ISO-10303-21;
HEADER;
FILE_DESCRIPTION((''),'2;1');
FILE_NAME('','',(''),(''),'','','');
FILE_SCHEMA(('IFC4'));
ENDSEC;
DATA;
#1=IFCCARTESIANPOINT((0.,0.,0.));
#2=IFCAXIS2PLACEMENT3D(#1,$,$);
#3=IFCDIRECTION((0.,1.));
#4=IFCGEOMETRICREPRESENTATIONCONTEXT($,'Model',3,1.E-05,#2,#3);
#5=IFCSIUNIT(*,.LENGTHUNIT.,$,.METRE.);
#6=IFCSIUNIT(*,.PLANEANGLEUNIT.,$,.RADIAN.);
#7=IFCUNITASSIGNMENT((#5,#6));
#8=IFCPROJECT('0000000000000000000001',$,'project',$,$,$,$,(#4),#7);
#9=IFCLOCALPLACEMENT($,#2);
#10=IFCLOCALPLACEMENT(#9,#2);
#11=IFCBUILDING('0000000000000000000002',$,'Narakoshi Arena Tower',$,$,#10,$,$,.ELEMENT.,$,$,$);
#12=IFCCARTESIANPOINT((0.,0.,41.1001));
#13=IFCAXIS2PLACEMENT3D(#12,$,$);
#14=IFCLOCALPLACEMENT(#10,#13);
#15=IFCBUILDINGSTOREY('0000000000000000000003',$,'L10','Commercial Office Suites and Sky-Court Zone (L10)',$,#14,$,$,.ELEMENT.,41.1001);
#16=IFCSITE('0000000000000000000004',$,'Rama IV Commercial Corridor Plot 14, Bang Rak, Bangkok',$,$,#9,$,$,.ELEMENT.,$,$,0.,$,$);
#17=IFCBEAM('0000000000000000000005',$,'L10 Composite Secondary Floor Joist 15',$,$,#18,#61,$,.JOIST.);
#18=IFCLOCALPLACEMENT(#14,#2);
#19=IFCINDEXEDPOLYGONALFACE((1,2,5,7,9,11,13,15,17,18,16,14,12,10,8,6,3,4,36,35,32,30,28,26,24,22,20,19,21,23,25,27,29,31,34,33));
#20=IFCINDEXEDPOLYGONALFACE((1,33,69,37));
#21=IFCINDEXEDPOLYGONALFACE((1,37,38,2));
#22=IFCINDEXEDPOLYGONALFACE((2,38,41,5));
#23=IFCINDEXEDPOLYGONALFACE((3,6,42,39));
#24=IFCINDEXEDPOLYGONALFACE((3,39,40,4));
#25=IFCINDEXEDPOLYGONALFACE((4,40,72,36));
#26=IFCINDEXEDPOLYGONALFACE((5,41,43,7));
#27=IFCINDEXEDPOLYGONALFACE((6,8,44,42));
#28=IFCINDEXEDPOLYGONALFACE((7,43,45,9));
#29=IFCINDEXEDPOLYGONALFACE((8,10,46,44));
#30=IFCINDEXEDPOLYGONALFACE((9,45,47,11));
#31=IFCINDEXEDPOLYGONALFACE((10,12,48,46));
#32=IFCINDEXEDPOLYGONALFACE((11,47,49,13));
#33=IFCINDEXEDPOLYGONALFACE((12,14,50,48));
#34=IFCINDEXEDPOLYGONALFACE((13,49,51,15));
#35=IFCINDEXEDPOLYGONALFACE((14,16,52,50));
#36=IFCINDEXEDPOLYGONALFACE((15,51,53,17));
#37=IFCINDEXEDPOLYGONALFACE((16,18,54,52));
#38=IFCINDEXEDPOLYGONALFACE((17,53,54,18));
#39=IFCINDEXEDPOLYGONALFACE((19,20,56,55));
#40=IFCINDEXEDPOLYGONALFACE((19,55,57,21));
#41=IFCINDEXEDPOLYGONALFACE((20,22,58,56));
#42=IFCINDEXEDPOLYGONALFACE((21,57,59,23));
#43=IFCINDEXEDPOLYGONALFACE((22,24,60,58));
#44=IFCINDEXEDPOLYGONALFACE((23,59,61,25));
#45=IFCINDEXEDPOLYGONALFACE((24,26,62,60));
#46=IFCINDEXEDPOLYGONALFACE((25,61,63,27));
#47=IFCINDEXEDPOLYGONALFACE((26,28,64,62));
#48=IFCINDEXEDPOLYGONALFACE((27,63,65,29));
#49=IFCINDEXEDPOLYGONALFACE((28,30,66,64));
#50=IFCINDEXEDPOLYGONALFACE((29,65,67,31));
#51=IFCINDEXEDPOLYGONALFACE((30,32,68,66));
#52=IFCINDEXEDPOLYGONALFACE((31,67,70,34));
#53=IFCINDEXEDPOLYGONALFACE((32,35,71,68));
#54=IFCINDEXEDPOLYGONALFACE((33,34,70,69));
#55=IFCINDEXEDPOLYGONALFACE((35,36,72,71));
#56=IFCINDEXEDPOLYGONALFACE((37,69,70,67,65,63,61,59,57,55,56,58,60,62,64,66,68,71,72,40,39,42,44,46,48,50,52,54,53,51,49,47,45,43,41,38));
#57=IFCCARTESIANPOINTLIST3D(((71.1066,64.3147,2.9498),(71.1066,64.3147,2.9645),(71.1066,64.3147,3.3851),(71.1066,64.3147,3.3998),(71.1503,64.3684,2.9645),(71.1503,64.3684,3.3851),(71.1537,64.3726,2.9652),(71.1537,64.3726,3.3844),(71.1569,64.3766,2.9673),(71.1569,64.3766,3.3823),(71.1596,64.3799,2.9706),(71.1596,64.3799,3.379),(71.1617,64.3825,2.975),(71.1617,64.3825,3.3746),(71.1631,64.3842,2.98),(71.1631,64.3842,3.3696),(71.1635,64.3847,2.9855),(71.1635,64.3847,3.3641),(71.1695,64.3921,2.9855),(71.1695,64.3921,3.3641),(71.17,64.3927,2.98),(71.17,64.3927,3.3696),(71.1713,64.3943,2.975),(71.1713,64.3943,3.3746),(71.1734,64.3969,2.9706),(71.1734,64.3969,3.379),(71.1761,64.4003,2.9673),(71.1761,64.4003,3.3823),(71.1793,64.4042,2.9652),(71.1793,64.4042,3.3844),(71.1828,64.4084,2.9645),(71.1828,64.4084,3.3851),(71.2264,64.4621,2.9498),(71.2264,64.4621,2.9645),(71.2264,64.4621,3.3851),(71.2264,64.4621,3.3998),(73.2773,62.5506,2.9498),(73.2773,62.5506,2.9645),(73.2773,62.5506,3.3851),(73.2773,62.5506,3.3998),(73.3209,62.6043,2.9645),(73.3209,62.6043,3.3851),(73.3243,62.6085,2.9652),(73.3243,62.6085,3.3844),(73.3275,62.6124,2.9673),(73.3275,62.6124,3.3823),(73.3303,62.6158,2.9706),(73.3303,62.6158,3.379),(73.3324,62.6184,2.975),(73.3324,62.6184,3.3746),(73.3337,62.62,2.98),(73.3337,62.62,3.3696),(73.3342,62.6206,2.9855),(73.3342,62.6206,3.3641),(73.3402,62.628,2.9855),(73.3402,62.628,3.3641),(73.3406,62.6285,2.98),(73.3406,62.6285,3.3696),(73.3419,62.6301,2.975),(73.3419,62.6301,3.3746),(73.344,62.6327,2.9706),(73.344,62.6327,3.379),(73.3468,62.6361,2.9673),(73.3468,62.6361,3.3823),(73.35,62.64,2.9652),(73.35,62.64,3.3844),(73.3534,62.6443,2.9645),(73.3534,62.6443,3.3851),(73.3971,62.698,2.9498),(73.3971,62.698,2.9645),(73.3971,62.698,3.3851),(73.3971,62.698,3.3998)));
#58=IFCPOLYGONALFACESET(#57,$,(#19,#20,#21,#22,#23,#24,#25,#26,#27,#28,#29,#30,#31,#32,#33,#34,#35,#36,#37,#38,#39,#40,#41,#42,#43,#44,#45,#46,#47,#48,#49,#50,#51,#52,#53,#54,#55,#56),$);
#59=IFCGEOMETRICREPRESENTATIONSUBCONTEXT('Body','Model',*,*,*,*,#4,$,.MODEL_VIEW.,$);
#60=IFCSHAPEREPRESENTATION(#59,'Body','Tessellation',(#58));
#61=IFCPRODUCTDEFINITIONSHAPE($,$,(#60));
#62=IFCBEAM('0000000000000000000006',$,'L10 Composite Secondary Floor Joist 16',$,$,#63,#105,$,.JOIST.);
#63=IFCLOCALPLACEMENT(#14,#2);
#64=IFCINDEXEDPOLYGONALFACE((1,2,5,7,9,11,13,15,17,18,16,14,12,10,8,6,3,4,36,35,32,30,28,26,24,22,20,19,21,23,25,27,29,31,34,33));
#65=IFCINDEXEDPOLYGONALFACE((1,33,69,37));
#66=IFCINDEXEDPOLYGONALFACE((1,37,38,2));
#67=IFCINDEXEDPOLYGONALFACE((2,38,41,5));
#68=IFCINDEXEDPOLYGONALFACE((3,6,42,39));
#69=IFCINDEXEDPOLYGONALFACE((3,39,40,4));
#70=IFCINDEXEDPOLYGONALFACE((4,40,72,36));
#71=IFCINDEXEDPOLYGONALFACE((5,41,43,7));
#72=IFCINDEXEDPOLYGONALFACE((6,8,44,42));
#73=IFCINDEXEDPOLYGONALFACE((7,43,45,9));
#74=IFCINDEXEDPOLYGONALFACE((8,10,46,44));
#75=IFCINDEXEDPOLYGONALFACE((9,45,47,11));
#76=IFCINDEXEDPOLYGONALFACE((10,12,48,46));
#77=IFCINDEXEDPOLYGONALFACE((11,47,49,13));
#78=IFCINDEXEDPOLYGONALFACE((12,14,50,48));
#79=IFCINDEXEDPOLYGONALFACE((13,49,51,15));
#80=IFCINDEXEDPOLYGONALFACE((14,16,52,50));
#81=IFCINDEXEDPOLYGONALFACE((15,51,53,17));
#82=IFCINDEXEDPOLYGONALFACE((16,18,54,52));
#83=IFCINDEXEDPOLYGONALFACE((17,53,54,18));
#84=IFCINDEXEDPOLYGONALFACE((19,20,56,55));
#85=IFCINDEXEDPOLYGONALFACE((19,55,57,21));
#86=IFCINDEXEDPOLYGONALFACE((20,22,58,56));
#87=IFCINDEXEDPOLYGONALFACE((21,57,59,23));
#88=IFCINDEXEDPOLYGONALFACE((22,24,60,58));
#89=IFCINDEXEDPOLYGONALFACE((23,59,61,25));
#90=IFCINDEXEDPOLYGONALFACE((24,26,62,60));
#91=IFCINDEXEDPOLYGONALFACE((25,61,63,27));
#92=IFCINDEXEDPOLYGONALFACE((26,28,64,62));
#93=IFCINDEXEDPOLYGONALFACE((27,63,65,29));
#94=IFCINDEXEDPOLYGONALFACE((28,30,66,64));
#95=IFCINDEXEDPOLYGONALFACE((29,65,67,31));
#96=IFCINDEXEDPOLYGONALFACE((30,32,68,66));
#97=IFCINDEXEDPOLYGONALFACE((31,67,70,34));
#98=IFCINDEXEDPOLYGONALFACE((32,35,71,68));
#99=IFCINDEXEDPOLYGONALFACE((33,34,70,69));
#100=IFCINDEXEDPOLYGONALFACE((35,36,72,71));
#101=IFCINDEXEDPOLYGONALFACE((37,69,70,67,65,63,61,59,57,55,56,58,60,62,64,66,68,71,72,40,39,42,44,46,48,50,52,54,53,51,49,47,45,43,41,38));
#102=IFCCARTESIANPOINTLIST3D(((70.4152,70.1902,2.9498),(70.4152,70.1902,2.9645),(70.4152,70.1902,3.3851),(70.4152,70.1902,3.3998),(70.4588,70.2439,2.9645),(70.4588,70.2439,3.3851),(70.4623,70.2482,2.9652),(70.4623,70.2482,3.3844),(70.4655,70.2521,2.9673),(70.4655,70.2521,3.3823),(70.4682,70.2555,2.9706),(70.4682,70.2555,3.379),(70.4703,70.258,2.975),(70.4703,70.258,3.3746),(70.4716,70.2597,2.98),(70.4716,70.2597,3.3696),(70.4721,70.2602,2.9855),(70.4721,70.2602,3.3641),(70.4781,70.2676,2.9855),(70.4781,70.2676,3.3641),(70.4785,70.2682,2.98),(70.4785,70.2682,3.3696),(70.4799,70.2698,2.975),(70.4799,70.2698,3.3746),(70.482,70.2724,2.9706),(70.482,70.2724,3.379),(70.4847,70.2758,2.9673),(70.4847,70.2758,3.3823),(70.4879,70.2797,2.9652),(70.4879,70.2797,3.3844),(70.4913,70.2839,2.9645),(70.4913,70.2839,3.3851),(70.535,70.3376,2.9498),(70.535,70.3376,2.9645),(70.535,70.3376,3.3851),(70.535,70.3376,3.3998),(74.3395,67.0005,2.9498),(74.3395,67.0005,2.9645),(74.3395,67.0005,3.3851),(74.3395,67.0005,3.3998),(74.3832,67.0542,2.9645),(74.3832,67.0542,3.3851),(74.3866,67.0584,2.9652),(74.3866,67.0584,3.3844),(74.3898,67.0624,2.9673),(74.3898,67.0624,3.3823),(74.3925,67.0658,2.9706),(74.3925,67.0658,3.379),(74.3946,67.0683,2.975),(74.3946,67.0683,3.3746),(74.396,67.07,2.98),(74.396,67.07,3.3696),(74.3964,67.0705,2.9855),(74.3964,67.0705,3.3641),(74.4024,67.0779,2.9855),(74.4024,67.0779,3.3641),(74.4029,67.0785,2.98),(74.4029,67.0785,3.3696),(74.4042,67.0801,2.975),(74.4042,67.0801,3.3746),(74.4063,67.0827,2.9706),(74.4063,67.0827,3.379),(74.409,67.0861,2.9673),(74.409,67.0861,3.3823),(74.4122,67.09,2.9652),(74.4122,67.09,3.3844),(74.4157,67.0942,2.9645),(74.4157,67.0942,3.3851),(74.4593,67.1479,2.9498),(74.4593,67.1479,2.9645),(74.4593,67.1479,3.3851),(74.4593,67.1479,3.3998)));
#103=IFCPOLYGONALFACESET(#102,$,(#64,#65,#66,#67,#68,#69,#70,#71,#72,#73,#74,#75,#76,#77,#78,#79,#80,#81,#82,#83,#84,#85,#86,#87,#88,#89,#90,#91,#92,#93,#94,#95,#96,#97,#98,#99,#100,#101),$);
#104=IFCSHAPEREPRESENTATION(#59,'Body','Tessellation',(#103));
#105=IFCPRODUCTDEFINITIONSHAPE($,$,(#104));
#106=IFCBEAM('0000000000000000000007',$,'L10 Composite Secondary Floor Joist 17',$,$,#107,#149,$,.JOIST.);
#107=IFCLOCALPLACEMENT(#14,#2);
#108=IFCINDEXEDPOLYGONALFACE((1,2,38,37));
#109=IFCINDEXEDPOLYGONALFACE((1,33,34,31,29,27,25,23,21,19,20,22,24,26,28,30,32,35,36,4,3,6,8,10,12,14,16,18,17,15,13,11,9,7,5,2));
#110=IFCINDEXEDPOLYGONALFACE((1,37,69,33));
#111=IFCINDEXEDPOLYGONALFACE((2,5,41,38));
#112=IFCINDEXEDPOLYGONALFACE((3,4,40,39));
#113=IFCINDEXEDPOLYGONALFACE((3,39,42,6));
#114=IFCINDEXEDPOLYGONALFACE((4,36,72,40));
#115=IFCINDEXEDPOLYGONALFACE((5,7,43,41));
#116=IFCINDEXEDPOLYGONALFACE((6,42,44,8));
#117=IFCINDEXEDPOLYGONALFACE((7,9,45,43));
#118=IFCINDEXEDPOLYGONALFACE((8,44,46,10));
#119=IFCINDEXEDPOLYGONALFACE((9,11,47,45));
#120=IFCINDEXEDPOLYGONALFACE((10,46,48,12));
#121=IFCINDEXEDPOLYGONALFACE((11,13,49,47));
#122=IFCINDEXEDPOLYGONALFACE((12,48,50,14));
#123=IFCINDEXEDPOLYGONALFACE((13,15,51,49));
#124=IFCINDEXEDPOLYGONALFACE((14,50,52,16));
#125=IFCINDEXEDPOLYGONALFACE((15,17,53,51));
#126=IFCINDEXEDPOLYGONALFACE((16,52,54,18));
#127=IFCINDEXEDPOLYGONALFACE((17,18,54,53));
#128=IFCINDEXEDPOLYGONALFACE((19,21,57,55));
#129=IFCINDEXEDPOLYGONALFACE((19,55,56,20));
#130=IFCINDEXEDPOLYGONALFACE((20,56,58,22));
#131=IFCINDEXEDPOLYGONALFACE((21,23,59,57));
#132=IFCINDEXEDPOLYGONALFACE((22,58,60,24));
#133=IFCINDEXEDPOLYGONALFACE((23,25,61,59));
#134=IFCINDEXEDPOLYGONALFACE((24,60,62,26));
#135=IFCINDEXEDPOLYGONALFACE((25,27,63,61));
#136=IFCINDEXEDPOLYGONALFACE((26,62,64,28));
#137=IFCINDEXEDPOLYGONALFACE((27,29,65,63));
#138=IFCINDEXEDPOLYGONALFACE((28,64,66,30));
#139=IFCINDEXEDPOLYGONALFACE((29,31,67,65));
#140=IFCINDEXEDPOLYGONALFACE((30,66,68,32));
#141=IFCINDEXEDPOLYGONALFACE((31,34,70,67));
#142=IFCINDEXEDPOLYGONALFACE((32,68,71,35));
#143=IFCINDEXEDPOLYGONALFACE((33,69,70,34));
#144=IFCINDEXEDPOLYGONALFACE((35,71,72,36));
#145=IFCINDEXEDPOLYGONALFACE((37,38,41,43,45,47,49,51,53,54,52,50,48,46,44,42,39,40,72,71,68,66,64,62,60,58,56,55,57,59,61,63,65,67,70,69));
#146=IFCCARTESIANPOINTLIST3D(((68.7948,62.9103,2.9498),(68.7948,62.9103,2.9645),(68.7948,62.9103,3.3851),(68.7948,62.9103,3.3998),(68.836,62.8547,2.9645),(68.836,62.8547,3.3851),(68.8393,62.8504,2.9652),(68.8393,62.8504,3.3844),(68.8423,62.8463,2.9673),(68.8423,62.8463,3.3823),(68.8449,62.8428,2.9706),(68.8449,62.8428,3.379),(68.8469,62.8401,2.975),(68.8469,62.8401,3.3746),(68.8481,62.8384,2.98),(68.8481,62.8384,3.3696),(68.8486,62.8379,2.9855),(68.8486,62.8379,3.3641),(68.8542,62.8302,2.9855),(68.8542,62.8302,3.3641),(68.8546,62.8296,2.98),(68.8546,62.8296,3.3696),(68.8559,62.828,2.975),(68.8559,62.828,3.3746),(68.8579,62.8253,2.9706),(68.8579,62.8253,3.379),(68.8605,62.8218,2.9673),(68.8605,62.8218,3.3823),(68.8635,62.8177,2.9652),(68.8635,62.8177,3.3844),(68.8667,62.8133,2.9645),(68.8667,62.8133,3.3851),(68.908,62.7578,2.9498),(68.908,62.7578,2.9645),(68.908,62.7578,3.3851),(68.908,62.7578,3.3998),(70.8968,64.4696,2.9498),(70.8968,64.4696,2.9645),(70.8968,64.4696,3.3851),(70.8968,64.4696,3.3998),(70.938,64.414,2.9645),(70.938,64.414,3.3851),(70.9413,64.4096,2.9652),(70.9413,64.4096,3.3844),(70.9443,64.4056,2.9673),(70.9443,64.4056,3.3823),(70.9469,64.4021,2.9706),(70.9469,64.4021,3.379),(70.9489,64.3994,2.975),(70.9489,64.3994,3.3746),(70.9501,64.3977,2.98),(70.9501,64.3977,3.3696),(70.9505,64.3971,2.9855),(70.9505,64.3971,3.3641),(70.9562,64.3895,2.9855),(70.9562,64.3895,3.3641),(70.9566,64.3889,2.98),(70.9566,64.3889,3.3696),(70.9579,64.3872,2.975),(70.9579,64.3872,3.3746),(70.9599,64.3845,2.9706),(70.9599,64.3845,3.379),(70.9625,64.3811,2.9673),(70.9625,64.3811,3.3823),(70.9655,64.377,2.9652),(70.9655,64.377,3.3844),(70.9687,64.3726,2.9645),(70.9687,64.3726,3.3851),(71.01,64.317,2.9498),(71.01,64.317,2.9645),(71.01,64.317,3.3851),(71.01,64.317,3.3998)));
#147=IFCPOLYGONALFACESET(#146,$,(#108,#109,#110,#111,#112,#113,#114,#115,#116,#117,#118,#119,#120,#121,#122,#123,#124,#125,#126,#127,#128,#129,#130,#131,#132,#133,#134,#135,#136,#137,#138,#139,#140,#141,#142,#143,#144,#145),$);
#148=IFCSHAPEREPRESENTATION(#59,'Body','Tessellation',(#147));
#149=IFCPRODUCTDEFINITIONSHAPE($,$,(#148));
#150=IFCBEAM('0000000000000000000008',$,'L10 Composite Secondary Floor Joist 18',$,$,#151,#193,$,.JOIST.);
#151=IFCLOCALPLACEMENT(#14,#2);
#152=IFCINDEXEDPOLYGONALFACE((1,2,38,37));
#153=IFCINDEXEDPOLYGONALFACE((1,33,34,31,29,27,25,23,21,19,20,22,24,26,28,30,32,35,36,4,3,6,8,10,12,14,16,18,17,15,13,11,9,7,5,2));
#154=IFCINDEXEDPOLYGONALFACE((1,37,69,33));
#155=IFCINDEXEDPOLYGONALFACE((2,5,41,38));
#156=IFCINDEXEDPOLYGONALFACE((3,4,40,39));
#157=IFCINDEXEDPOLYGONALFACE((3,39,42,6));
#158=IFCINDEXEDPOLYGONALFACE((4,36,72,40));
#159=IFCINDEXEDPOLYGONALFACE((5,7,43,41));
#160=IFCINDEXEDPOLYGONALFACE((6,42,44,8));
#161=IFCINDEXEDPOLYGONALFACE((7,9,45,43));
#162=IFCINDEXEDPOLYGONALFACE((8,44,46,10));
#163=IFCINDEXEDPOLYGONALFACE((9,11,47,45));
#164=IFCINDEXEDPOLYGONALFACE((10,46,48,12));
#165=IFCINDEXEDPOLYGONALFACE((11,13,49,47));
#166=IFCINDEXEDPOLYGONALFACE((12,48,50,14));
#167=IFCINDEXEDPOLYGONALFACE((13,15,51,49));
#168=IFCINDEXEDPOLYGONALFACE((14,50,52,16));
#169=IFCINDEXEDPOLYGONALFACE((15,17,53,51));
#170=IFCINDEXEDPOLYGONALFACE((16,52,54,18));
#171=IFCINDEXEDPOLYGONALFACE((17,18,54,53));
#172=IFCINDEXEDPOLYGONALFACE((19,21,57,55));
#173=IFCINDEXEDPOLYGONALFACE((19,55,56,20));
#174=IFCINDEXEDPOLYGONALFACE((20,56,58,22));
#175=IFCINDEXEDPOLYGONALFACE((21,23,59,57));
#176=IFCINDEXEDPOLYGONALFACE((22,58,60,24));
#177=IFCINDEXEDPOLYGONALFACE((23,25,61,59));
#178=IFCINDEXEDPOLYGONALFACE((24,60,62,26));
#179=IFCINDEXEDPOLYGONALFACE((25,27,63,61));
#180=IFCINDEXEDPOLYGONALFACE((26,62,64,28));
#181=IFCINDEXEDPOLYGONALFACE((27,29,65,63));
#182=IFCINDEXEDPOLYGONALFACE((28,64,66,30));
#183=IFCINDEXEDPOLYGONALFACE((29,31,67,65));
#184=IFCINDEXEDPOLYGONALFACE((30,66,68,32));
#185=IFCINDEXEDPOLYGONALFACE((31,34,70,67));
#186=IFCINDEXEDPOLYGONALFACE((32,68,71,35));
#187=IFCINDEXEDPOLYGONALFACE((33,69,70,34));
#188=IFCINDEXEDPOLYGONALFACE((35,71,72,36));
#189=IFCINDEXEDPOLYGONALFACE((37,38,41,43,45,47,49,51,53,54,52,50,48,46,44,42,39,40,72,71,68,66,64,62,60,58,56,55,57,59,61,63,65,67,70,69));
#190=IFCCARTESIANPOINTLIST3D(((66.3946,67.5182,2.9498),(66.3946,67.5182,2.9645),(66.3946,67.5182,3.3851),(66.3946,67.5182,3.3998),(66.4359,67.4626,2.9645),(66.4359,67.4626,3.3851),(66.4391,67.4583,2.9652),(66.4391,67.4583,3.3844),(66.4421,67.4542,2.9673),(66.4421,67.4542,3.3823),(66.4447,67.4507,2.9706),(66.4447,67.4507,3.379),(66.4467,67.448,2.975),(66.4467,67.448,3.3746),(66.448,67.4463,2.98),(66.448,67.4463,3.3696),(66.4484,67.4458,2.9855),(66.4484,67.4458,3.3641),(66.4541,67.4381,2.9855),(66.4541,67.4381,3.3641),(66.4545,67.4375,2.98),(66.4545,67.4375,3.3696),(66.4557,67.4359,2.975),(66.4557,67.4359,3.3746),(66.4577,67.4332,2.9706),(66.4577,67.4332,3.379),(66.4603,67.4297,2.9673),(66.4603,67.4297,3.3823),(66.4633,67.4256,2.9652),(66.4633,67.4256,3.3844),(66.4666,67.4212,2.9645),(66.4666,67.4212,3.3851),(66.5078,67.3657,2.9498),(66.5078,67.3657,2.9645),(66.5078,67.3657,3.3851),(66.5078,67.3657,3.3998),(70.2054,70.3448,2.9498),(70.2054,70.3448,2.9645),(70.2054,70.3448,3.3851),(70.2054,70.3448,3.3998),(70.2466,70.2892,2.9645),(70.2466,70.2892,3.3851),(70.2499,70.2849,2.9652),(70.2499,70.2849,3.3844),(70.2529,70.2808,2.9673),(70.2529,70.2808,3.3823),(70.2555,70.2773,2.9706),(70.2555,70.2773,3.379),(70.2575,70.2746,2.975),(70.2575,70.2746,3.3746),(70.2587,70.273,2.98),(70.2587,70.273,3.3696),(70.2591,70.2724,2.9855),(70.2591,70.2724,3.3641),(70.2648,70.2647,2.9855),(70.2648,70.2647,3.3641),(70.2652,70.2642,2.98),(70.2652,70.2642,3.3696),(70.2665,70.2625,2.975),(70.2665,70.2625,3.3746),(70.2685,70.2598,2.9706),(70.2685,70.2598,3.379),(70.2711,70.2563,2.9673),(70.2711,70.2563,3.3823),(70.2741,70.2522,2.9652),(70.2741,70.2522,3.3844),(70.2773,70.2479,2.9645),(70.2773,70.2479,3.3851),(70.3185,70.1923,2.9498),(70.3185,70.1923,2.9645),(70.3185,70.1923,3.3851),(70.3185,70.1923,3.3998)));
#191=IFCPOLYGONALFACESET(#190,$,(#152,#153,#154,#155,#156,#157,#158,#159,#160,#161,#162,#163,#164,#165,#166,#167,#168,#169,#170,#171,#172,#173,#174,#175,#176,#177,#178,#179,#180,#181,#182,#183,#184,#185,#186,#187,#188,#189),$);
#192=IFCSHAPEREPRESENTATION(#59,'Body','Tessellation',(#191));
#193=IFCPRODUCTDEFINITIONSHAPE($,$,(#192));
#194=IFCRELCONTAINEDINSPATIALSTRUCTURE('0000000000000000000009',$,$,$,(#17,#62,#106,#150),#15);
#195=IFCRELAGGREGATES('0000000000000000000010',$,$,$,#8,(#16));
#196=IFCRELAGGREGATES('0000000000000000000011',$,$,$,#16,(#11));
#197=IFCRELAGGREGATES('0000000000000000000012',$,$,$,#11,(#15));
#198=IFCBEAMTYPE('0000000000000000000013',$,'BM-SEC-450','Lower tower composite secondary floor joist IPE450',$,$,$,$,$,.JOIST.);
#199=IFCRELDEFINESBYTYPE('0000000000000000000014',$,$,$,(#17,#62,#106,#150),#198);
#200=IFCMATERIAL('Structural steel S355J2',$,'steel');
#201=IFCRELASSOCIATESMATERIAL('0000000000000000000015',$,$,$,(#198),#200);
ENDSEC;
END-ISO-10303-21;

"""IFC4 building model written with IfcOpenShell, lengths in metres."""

from ifc_helpers import new_model, si_unit, direction, frame, origin, origin_2d, place, context, subcontext, project, spatial, i_section, extrude, material, material_profile, profile_set, type_object, element, save


model = new_model("IFC4")

# Units and contexts
model_context = context("Model", 3, precision=1e-05, world=origin(), true_north=direction((0.0, 1.0)))
body_context = subcontext(model_context, "Body", "Model", "MODEL_VIEW")
ifc_project = project(units=[si_unit("LENGTHUNIT", "METRE"), si_unit("PLANEANGLEUNIT", "RADIAN")], contexts=[model_context])

# Site, building, storey
site_placement = place(None, origin())
site = spatial("IfcSite", under=ifc_project, at=site_placement, Name="Rama IV Commercial Corridor Plot 14, Bang Rak, Bangkok", CompositionType="ELEMENT", RefElevation=0.0)
building_placement = place(site_placement, origin())
building = spatial("IfcBuilding", under=site, at=building_placement, Name="Narakoshi Arena Tower", CompositionType="ELEMENT")
storey_placement = place(building_placement, frame((0.0, 0.0, 41.1001)))
storey = spatial("IfcBuildingStorey", under=building, at=storey_placement, Name="L10", Description="Commercial Office Suites and Sky-Court Zone (L10)", CompositionType="ELEMENT", Elevation=41.1001)

# Beams
ifc_material_1 = material(Name="Structural steel S355J2", Category="steel")
ifc_material_profile_1 = material_profile(ifc_material_1, i_section(OverallWidth=0.1899, OverallDepth=0.45, WebThickness=0.0095, FlangeThickness=0.0146, FilletRadius=0.021, at=origin_2d()), Name="IPE450")
ifc_profile_set_1 = profile_set([ifc_material_profile_1], Name="Structural steel S355J2")
beam_type_1 = type_object("IfcBeamType", Name="BM-SEC-450", Description="Lower tower composite secondary floor joist IPE450", PredefinedType="JOIST", material=ifc_profile_set_1)
beam_1_placement = place(storey_placement, frame((73.3372, 62.6243, 3.1748), z_axis=(-0.776026, 0.630701, 0.0), x_axis=(-0.630701, -0.776026, 0.0)))
element("IfcBeam", 1, at=beam_1_placement, inside=storey, type_object=beam_type_1, Name="L10 Composite Secondary Floor Joist 15", PredefinedType="JOIST", context=body_context, shape_type="SweptSolid", body=[
    extrude(i_section(OverallWidth=0.1899, OverallDepth=0.45, WebThickness=0.0095, FlangeThickness=0.0146, FilletRadius=0.021, at=origin_2d()), origin(), (0.0, 0.0, 1.0), 2.7971),
])
beam_2_placement = place(storey_placement, frame((74.3994, 67.0742, 3.1748), z_axis=(-0.775999, 0.630734, 0.0), x_axis=(-0.630734, -0.775999, 0.0)))
element("IfcBeam", 2, at=beam_2_placement, inside=storey, type_object=beam_type_1, Name="L10 Composite Secondary Floor Joist 16", PredefinedType="JOIST", context=body_context, shape_type="SweptSolid", body=[
    extrude(i_section(OverallWidth=0.1899, OverallDepth=0.45, WebThickness=0.0095, FlangeThickness=0.0146, FilletRadius=0.021, at=origin_2d()), origin(), (0.0, 0.0, 1.0), 5.0571),
])
beam_3_placement = place(storey_placement, frame((70.9534, 64.3933, 3.1748), z_axis=(-0.803146, -0.595783, 0.0), x_axis=(0.595783, -0.803146, 0.0)))
element("IfcBeam", 3, at=beam_3_placement, inside=storey, type_object=beam_type_1, Name="L10 Composite Secondary Floor Joist 17", PredefinedType="JOIST", context=body_context, shape_type="SweptSolid", body=[
    extrude(i_section(OverallWidth=0.1899, OverallDepth=0.45, WebThickness=0.0095, FlangeThickness=0.0146, FilletRadius=0.021, at=origin_2d()), origin(), (0.0, 0.0, 1.0), 2.6172),
])
beam_4_placement = place(storey_placement, frame((70.262, 70.2686, 3.1748), z_axis=(-0.803169, -0.595752, 0.0), x_axis=(0.595752, -0.803169, 0.0)))
element("IfcBeam", 4, at=beam_4_placement, inside=storey, type_object=beam_type_1, Name="L10 Composite Secondary Floor Joist 18", PredefinedType="JOIST", context=body_context, shape_type="SweptSolid", body=[
    extrude(i_section(OverallWidth=0.1899, OverallDepth=0.45, WebThickness=0.0095, FlangeThickness=0.0146, FilletRadius=0.021, at=origin_2d()), origin(), (0.0, 0.0, 1.0), 4.7446),
])

save(model, "model.ifc")
